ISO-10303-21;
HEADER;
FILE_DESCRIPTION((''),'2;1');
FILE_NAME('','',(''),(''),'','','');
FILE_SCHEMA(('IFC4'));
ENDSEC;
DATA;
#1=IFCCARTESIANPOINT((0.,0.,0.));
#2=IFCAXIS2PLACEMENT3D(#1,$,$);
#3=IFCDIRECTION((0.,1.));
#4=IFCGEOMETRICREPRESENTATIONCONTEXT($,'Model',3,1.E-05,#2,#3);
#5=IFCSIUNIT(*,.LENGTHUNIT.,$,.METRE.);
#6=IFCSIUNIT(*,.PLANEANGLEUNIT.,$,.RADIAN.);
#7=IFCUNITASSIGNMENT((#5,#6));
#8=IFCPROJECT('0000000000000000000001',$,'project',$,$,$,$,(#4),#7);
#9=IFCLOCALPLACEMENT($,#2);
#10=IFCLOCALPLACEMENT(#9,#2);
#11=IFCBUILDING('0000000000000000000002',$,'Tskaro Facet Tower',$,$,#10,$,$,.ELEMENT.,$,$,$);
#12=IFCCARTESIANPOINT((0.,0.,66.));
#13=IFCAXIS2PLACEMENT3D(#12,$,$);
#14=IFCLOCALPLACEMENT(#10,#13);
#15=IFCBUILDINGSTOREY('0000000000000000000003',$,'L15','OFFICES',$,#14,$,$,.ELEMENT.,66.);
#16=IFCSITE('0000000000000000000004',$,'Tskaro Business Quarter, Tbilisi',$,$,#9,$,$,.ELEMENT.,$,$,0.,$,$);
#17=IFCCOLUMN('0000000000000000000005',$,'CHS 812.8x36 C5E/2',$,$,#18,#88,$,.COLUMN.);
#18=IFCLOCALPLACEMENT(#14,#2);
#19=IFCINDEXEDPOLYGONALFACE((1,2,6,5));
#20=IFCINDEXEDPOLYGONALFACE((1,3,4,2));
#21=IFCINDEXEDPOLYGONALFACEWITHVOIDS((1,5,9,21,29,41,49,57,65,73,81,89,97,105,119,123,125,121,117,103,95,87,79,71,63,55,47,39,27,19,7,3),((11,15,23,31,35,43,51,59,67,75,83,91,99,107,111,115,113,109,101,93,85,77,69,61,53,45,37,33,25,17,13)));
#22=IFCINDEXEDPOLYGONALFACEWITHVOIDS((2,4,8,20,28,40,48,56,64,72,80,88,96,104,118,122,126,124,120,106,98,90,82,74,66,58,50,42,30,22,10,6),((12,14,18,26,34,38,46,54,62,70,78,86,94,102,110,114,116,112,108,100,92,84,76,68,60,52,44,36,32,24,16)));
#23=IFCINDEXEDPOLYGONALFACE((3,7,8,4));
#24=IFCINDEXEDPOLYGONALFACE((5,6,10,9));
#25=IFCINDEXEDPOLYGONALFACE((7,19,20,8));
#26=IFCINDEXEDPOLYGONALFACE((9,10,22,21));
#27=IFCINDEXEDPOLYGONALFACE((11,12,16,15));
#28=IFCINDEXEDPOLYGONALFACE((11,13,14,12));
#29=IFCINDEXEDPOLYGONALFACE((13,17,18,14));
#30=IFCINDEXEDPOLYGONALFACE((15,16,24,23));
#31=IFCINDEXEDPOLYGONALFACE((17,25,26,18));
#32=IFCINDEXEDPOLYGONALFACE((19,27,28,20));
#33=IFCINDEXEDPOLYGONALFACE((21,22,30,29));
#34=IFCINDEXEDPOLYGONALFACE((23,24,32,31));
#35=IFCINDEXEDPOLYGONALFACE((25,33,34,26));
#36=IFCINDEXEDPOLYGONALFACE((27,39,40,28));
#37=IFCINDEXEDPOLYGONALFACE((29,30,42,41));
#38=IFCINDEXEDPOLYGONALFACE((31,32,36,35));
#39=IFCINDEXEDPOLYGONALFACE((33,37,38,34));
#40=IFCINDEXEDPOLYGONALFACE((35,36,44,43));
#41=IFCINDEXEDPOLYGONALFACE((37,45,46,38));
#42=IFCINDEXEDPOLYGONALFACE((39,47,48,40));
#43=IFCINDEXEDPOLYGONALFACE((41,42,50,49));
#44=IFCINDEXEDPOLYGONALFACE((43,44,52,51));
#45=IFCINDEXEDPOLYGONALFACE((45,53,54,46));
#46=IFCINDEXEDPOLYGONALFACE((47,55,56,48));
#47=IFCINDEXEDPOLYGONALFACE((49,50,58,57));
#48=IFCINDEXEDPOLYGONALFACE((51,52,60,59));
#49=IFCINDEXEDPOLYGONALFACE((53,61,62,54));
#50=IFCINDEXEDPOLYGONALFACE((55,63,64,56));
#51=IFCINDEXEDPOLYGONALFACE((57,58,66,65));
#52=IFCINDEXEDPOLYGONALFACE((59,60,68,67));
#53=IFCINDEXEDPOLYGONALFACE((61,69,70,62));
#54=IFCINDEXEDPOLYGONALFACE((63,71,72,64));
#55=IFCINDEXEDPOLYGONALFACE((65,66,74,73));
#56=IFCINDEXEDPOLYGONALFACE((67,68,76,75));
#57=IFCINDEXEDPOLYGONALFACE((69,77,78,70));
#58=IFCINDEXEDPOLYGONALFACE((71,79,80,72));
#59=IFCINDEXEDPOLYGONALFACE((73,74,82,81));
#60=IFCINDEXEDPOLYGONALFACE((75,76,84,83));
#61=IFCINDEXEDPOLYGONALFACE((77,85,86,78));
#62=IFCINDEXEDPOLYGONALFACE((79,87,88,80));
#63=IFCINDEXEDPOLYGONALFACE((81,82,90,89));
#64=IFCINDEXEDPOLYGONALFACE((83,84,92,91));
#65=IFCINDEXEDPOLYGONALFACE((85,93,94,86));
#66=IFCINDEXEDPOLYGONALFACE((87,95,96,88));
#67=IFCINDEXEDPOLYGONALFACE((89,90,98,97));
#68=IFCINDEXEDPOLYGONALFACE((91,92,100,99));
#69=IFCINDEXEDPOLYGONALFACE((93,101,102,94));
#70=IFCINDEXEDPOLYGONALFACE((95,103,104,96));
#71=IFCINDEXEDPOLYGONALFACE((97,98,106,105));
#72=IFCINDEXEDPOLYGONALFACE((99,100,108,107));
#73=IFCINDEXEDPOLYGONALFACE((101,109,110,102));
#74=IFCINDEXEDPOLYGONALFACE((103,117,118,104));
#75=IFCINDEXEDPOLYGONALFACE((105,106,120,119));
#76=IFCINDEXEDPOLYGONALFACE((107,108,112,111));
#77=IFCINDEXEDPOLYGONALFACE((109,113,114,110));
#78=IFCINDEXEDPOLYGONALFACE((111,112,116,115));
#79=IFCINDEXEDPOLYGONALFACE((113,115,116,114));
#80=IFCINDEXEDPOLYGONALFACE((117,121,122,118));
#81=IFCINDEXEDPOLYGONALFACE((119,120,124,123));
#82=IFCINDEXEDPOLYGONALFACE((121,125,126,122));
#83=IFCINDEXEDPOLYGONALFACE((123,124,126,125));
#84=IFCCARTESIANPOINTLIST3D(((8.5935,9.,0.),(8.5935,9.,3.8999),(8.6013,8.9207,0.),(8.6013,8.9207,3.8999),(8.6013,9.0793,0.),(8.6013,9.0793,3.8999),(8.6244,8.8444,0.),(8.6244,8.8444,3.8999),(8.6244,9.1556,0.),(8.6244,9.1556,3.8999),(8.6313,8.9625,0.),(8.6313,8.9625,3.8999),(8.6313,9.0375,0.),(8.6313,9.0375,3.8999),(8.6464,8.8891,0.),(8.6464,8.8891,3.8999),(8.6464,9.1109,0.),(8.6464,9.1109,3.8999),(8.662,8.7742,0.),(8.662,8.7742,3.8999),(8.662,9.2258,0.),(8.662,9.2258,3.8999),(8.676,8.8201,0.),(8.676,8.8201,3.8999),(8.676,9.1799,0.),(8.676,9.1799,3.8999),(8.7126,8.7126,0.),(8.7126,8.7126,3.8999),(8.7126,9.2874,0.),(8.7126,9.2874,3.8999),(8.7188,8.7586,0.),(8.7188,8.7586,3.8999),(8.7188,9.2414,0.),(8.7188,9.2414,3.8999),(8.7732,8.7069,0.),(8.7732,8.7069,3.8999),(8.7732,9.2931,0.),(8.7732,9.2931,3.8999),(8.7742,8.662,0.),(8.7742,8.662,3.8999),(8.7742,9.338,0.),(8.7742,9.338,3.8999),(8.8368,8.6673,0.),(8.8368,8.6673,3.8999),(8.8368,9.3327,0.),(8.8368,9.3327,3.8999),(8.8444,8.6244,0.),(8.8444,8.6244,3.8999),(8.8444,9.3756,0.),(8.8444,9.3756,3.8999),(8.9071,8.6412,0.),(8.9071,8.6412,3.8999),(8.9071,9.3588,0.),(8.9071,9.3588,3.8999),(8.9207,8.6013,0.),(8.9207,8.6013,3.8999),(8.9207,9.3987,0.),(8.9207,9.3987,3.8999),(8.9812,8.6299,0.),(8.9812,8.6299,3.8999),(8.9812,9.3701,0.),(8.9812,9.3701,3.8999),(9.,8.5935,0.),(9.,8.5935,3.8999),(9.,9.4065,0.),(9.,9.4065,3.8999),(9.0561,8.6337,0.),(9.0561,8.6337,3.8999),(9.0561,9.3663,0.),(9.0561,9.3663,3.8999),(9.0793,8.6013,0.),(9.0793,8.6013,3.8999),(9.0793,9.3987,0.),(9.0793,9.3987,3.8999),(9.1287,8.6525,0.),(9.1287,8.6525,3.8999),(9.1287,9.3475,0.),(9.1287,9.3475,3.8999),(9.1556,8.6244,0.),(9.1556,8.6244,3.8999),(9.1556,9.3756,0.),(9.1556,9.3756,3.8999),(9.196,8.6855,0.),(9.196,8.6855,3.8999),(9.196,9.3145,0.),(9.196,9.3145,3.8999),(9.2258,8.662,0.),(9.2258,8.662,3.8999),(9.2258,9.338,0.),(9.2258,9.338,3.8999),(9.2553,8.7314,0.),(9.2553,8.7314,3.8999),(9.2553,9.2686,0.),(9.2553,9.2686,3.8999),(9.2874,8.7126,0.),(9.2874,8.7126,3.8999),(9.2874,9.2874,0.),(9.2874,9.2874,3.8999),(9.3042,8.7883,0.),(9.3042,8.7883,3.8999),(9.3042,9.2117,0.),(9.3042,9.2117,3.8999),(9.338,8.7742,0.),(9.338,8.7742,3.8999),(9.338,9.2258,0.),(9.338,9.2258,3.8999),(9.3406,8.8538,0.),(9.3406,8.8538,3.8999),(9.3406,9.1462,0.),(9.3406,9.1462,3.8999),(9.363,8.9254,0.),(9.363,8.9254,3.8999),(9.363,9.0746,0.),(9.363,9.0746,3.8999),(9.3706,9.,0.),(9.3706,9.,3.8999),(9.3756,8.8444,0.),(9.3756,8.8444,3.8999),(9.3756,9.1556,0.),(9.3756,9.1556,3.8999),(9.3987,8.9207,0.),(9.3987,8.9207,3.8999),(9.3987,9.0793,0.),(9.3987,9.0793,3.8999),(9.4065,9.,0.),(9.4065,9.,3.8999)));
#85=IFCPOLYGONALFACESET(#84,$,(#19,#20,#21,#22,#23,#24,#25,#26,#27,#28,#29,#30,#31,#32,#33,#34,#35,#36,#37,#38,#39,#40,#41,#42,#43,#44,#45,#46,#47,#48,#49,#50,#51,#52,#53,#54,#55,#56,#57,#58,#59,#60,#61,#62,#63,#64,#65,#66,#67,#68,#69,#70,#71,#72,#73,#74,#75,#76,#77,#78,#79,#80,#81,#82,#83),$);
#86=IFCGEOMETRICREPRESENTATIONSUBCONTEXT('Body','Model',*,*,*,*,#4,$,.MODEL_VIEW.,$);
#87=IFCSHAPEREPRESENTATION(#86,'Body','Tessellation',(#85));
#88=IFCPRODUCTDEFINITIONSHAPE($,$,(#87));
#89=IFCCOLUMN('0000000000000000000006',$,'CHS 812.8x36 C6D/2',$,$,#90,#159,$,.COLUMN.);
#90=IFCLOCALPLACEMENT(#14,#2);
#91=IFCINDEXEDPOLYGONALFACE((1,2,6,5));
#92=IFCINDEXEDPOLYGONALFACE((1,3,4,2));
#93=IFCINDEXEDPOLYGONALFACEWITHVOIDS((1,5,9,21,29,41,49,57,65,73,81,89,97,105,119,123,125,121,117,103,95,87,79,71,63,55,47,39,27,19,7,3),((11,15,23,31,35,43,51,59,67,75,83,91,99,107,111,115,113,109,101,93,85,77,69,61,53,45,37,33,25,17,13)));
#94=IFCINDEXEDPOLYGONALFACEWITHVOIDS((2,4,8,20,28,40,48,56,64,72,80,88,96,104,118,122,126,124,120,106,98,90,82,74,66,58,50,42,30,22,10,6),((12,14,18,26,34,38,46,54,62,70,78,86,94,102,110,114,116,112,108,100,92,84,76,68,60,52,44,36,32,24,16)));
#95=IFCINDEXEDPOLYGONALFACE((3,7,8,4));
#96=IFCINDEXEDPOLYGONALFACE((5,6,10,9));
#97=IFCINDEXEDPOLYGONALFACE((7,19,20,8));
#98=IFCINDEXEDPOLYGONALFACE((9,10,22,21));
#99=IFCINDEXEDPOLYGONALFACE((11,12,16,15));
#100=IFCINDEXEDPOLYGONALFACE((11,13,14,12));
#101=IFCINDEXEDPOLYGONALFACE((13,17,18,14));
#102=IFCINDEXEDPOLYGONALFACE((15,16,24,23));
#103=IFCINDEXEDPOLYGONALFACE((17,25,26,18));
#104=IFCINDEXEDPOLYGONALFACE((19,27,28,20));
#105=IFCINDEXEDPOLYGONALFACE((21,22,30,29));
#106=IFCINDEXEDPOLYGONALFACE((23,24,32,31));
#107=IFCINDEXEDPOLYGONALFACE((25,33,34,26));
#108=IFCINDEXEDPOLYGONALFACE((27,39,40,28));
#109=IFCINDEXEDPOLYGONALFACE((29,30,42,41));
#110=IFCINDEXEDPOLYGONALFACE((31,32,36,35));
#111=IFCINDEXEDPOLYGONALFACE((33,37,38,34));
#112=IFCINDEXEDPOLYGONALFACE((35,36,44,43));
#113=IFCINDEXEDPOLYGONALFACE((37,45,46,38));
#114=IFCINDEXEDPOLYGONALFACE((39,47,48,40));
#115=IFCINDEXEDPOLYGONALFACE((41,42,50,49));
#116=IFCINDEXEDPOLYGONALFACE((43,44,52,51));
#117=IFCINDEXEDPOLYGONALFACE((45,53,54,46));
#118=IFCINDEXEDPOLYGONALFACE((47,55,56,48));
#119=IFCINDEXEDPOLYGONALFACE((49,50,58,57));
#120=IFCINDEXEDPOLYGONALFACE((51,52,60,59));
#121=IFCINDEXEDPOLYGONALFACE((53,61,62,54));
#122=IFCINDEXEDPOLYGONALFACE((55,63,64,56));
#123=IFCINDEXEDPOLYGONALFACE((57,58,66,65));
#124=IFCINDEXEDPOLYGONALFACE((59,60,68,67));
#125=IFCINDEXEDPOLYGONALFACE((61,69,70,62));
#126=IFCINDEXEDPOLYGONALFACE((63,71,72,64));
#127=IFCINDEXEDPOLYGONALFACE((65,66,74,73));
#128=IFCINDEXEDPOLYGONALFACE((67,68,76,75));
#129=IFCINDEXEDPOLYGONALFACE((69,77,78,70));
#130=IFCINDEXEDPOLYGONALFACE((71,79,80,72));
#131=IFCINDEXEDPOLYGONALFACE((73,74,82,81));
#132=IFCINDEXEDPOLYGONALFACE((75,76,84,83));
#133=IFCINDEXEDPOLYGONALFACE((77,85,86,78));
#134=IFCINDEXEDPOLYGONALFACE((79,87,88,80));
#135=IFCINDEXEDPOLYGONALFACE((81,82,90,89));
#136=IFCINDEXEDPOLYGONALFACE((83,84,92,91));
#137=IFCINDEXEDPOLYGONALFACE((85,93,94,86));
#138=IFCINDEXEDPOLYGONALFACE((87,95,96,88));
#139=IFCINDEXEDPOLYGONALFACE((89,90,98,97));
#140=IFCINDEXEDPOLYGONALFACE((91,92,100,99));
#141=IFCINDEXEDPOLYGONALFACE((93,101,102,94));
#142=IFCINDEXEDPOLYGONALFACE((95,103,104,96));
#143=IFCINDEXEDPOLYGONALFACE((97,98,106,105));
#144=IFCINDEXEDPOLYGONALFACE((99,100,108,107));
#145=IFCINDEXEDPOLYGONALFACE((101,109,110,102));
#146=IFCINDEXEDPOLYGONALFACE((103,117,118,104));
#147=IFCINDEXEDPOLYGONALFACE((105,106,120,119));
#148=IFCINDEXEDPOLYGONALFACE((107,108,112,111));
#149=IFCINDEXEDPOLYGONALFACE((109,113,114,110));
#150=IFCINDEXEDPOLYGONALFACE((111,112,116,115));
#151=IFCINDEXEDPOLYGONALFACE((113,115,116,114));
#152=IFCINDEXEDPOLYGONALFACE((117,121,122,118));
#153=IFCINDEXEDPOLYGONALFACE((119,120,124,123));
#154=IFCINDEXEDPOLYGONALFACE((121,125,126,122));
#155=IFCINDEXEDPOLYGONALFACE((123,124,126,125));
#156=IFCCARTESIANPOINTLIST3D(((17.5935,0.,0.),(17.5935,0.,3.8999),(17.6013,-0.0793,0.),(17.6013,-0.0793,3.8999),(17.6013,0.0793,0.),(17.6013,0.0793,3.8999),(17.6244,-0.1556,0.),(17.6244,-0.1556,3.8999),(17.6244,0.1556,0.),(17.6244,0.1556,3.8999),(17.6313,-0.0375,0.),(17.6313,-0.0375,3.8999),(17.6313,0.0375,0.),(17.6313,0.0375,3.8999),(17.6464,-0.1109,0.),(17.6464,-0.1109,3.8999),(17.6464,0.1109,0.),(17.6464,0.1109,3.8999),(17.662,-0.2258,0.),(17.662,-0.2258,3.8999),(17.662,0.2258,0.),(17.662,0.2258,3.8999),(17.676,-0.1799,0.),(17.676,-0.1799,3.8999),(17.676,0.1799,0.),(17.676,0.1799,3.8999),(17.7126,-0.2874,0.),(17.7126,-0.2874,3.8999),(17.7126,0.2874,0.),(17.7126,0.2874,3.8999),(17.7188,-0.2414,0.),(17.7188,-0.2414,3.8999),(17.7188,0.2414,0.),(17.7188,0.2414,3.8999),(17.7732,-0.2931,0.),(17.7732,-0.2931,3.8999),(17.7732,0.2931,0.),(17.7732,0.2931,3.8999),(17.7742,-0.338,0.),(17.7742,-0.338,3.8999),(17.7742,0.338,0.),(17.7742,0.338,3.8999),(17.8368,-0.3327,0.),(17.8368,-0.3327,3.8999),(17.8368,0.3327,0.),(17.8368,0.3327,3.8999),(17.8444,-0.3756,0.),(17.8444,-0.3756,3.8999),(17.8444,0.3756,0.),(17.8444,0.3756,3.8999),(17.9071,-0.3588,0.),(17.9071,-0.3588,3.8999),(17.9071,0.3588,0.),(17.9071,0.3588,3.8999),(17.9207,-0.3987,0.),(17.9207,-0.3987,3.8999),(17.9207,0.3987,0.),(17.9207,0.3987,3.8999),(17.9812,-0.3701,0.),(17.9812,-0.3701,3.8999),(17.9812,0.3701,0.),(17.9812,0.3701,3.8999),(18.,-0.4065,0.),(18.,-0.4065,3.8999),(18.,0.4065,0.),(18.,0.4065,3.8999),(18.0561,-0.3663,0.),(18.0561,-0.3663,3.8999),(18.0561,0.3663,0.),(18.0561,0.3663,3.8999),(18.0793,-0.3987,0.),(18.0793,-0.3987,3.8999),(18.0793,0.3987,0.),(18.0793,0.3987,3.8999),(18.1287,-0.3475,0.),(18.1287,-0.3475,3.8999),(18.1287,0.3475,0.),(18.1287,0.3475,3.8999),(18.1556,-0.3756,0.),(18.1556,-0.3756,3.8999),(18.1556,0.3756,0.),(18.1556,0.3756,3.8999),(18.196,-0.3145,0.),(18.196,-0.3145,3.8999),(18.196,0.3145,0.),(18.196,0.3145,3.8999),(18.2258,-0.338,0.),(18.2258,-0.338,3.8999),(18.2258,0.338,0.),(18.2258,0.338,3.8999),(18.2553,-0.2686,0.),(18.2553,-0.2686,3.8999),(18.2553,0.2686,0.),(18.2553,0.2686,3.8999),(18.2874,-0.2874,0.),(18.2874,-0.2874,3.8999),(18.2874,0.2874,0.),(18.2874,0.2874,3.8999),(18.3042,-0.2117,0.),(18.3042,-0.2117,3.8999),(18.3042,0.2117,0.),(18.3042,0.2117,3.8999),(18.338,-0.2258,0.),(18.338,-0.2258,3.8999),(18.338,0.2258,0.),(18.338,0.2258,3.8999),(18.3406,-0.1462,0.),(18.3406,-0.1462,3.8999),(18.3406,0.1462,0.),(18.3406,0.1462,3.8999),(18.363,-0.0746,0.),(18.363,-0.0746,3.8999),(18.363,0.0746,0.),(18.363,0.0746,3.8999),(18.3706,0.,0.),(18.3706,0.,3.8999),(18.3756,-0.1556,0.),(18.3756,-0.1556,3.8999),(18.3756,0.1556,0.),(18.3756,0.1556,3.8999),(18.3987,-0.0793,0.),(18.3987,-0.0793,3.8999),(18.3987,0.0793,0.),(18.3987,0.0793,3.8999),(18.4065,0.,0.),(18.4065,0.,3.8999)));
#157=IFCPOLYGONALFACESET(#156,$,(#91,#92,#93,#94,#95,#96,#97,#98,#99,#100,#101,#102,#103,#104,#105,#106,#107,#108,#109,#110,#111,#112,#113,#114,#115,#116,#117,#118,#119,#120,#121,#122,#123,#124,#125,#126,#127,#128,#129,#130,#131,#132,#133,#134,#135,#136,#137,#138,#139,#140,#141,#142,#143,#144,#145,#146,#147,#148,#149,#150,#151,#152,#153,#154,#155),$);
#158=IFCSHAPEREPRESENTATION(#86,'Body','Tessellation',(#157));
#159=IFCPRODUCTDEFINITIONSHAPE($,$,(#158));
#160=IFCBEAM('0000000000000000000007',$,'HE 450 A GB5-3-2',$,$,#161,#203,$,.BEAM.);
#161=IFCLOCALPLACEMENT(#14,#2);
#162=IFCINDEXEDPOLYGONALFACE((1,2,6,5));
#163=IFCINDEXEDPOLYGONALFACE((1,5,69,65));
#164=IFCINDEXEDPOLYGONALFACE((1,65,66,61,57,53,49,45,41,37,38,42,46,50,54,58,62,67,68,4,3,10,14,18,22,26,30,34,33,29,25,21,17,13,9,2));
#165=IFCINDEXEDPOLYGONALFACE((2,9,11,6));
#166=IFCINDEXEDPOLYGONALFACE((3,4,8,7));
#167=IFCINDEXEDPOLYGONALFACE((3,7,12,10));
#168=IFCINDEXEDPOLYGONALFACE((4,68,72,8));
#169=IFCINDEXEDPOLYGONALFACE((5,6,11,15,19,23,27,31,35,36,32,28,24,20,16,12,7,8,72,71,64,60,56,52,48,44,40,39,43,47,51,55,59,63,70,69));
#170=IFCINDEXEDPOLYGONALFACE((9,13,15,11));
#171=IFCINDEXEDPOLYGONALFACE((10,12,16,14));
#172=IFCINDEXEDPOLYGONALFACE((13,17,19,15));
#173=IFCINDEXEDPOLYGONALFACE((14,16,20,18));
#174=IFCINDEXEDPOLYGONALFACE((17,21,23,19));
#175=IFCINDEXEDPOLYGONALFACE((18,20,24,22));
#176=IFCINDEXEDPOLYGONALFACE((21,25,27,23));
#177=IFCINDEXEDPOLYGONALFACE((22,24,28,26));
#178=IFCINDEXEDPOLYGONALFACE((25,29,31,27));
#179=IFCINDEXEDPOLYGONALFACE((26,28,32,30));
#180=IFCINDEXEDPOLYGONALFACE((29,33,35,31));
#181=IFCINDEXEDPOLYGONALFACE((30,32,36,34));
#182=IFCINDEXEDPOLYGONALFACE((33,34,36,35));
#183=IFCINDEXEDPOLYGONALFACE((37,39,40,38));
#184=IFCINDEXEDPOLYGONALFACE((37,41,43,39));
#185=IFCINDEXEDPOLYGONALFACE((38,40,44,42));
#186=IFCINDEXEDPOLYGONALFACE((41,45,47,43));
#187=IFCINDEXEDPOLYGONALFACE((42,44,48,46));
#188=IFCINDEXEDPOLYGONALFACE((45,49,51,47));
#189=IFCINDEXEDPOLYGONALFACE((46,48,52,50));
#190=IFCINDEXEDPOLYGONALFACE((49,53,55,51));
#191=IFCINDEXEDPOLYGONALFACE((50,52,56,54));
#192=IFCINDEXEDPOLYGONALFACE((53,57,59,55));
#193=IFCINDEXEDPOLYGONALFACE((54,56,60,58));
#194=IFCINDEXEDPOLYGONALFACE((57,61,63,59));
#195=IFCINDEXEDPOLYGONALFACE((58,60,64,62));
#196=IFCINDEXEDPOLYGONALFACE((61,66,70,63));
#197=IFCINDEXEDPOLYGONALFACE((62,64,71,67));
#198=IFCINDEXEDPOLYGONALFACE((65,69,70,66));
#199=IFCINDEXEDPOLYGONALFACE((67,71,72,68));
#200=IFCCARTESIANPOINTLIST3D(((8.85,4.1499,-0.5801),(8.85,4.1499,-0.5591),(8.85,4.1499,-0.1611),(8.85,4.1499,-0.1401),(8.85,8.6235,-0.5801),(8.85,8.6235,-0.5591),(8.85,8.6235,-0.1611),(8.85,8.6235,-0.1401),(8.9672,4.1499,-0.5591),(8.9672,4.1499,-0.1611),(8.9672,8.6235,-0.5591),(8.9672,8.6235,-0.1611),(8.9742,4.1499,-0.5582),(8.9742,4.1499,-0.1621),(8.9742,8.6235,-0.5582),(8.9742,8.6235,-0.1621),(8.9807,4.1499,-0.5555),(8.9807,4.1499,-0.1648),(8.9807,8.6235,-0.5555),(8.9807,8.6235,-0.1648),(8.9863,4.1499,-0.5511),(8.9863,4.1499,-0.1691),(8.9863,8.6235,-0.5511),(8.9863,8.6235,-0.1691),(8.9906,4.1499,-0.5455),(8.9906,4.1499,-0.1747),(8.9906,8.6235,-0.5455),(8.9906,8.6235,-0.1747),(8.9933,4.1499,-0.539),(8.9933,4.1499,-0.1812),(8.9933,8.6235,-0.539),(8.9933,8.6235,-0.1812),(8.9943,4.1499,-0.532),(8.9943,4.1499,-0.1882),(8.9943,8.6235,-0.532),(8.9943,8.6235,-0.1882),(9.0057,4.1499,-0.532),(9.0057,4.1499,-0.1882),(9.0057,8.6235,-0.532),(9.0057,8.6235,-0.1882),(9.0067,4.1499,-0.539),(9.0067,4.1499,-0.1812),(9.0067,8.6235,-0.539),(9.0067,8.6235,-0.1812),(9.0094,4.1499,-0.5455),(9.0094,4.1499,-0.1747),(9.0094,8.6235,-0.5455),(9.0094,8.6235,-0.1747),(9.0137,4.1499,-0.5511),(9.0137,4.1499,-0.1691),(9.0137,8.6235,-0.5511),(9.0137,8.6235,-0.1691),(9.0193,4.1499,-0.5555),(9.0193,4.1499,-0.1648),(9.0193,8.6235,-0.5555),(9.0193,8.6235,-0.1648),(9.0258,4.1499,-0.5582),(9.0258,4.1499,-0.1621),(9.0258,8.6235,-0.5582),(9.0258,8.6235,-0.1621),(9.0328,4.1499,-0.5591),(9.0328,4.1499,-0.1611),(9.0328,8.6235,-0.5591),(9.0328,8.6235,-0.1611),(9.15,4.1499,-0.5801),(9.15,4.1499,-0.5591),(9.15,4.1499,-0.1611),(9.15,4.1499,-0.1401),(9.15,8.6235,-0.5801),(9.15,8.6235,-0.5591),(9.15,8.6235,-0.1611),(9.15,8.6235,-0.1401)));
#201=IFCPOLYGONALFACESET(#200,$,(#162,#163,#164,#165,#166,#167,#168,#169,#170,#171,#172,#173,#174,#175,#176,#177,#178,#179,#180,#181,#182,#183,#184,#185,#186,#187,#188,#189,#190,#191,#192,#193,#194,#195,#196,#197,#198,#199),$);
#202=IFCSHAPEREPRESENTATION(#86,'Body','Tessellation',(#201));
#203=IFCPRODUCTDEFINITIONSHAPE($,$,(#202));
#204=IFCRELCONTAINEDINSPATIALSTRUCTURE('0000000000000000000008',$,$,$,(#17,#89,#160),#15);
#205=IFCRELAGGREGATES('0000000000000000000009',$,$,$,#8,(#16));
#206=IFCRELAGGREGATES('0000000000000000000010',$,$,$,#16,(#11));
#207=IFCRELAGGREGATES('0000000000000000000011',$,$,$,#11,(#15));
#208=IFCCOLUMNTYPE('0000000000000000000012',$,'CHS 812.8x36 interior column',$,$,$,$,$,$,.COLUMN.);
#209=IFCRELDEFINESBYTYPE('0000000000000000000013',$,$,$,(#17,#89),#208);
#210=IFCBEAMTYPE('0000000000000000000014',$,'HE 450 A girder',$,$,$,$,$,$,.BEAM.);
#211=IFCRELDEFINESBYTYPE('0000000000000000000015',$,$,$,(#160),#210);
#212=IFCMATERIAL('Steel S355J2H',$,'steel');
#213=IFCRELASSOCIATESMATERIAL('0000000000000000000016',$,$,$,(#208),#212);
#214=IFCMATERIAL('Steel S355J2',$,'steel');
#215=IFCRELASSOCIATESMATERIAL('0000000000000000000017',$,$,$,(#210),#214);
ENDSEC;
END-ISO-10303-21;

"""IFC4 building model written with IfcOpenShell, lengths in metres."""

from ifc_helpers import new_model, si_unit, direction, frame, origin, origin_2d, place, context, subcontext, project, spatial, hollow_circle, i_section, extrude, material, material_profile, profile_set, type_object, element, save


model = new_model("IFC4")

# Units and contexts
model_context = context("Model", 3, precision=1e-05, world=origin(), true_north=direction((0.0, 1.0)))
body_context = subcontext(model_context, "Body", "Model", "MODEL_VIEW")
ifc_project = project(units=[si_unit("LENGTHUNIT", "METRE"), si_unit("PLANEANGLEUNIT", "RADIAN")], contexts=[model_context])

# Site, building, storey
site_placement = place(None, origin())
site = spatial("IfcSite", under=ifc_project, at=site_placement, Name="Tskaro Business Quarter, Tbilisi", CompositionType="ELEMENT", RefElevation=0.0)
building_placement = place(site_placement, origin())
building = spatial("IfcBuilding", under=site, at=building_placement, Name="Tskaro Facet Tower", CompositionType="ELEMENT")
storey_placement = place(building_placement, frame((0.0, 0.0, 66.0)))
storey = spatial("IfcBuildingStorey", under=building, at=storey_placement, Name="L15", Description="OFFICES", CompositionType="ELEMENT", Elevation=66.0)

# Columns
ifc_material_1 = material(Name="Steel S355J2H", Category="steel")
ifc_material_profile_1 = material_profile(ifc_material_1, hollow_circle(Radius=0.4065, WallThickness=0.0359, at=origin_2d()), Name="CHS 812.8x36")
ifc_profile_set_1 = profile_set([ifc_material_profile_1], Name="Steel S355J2H")
column_type = type_object("IfcColumnType", Name="CHS 812.8x36 interior column", PredefinedType="COLUMN", material=ifc_profile_set_1)
for number, where, z_axis, x_axis, name in (
    (1, (9.0, 9.0, 0.0), (0.0, 0.0, 1.0), (1.0, 0.0, 0.0), "CHS 812.8x36 C5E/2"),
    (2, (18.0, 0.0, 0.0), (0.0, 0.0, 1.0), (1.0, 0.0, 0.0), "CHS 812.8x36 C6D/2"),
):
    element("IfcColumn", number, at=place(storey_placement, frame(where, z_axis=z_axis, x_axis=x_axis)), inside=storey, type_object=column_type, Name=name, PredefinedType="COLUMN", context=body_context, shape_type="SweptSolid", body=[
        extrude(hollow_circle(Radius=0.4065, WallThickness=0.0359, at=origin_2d()), origin(), (0.0, 0.0, 1.0), 3.8999),
    ])

# Beam
ifc_material_2 = material(Name="Steel S355J2", Category="steel")
ifc_material_profile_2 = material_profile(ifc_material_2, i_section(OverallWidth=0.3, OverallDepth=0.4399, WebThickness=0.0115, FlangeThickness=0.021, FilletRadius=0.0271, at=origin_2d()), Name="HE 450 A")
ifc_profile_set_2 = profile_set([ifc_material_profile_2], Name="Steel S355J2")
beam_type_1 = type_object("IfcBeamType", Name="HE 450 A girder", PredefinedType="BEAM", material=ifc_profile_set_2)
beam_placement = place(storey_placement, frame((9.0, 4.1499, -0.3601), z_axis=(0.0, 1.0, 0.0), x_axis=(-1.0, 0.0, 0.0)))
element("IfcBeam", 3, at=beam_placement, inside=storey, type_object=beam_type_1, Name="HE 450 A GB5-3-2", PredefinedType="BEAM", context=body_context, shape_type="SweptSolid", body=[
    extrude(i_section(OverallWidth=0.3, OverallDepth=0.4399, WebThickness=0.0115, FlangeThickness=0.021, FilletRadius=0.0271, at=origin_2d()), origin(), (0.0, 0.0, 1.0), 4.4736),
])

save(model, "model.ifc")
